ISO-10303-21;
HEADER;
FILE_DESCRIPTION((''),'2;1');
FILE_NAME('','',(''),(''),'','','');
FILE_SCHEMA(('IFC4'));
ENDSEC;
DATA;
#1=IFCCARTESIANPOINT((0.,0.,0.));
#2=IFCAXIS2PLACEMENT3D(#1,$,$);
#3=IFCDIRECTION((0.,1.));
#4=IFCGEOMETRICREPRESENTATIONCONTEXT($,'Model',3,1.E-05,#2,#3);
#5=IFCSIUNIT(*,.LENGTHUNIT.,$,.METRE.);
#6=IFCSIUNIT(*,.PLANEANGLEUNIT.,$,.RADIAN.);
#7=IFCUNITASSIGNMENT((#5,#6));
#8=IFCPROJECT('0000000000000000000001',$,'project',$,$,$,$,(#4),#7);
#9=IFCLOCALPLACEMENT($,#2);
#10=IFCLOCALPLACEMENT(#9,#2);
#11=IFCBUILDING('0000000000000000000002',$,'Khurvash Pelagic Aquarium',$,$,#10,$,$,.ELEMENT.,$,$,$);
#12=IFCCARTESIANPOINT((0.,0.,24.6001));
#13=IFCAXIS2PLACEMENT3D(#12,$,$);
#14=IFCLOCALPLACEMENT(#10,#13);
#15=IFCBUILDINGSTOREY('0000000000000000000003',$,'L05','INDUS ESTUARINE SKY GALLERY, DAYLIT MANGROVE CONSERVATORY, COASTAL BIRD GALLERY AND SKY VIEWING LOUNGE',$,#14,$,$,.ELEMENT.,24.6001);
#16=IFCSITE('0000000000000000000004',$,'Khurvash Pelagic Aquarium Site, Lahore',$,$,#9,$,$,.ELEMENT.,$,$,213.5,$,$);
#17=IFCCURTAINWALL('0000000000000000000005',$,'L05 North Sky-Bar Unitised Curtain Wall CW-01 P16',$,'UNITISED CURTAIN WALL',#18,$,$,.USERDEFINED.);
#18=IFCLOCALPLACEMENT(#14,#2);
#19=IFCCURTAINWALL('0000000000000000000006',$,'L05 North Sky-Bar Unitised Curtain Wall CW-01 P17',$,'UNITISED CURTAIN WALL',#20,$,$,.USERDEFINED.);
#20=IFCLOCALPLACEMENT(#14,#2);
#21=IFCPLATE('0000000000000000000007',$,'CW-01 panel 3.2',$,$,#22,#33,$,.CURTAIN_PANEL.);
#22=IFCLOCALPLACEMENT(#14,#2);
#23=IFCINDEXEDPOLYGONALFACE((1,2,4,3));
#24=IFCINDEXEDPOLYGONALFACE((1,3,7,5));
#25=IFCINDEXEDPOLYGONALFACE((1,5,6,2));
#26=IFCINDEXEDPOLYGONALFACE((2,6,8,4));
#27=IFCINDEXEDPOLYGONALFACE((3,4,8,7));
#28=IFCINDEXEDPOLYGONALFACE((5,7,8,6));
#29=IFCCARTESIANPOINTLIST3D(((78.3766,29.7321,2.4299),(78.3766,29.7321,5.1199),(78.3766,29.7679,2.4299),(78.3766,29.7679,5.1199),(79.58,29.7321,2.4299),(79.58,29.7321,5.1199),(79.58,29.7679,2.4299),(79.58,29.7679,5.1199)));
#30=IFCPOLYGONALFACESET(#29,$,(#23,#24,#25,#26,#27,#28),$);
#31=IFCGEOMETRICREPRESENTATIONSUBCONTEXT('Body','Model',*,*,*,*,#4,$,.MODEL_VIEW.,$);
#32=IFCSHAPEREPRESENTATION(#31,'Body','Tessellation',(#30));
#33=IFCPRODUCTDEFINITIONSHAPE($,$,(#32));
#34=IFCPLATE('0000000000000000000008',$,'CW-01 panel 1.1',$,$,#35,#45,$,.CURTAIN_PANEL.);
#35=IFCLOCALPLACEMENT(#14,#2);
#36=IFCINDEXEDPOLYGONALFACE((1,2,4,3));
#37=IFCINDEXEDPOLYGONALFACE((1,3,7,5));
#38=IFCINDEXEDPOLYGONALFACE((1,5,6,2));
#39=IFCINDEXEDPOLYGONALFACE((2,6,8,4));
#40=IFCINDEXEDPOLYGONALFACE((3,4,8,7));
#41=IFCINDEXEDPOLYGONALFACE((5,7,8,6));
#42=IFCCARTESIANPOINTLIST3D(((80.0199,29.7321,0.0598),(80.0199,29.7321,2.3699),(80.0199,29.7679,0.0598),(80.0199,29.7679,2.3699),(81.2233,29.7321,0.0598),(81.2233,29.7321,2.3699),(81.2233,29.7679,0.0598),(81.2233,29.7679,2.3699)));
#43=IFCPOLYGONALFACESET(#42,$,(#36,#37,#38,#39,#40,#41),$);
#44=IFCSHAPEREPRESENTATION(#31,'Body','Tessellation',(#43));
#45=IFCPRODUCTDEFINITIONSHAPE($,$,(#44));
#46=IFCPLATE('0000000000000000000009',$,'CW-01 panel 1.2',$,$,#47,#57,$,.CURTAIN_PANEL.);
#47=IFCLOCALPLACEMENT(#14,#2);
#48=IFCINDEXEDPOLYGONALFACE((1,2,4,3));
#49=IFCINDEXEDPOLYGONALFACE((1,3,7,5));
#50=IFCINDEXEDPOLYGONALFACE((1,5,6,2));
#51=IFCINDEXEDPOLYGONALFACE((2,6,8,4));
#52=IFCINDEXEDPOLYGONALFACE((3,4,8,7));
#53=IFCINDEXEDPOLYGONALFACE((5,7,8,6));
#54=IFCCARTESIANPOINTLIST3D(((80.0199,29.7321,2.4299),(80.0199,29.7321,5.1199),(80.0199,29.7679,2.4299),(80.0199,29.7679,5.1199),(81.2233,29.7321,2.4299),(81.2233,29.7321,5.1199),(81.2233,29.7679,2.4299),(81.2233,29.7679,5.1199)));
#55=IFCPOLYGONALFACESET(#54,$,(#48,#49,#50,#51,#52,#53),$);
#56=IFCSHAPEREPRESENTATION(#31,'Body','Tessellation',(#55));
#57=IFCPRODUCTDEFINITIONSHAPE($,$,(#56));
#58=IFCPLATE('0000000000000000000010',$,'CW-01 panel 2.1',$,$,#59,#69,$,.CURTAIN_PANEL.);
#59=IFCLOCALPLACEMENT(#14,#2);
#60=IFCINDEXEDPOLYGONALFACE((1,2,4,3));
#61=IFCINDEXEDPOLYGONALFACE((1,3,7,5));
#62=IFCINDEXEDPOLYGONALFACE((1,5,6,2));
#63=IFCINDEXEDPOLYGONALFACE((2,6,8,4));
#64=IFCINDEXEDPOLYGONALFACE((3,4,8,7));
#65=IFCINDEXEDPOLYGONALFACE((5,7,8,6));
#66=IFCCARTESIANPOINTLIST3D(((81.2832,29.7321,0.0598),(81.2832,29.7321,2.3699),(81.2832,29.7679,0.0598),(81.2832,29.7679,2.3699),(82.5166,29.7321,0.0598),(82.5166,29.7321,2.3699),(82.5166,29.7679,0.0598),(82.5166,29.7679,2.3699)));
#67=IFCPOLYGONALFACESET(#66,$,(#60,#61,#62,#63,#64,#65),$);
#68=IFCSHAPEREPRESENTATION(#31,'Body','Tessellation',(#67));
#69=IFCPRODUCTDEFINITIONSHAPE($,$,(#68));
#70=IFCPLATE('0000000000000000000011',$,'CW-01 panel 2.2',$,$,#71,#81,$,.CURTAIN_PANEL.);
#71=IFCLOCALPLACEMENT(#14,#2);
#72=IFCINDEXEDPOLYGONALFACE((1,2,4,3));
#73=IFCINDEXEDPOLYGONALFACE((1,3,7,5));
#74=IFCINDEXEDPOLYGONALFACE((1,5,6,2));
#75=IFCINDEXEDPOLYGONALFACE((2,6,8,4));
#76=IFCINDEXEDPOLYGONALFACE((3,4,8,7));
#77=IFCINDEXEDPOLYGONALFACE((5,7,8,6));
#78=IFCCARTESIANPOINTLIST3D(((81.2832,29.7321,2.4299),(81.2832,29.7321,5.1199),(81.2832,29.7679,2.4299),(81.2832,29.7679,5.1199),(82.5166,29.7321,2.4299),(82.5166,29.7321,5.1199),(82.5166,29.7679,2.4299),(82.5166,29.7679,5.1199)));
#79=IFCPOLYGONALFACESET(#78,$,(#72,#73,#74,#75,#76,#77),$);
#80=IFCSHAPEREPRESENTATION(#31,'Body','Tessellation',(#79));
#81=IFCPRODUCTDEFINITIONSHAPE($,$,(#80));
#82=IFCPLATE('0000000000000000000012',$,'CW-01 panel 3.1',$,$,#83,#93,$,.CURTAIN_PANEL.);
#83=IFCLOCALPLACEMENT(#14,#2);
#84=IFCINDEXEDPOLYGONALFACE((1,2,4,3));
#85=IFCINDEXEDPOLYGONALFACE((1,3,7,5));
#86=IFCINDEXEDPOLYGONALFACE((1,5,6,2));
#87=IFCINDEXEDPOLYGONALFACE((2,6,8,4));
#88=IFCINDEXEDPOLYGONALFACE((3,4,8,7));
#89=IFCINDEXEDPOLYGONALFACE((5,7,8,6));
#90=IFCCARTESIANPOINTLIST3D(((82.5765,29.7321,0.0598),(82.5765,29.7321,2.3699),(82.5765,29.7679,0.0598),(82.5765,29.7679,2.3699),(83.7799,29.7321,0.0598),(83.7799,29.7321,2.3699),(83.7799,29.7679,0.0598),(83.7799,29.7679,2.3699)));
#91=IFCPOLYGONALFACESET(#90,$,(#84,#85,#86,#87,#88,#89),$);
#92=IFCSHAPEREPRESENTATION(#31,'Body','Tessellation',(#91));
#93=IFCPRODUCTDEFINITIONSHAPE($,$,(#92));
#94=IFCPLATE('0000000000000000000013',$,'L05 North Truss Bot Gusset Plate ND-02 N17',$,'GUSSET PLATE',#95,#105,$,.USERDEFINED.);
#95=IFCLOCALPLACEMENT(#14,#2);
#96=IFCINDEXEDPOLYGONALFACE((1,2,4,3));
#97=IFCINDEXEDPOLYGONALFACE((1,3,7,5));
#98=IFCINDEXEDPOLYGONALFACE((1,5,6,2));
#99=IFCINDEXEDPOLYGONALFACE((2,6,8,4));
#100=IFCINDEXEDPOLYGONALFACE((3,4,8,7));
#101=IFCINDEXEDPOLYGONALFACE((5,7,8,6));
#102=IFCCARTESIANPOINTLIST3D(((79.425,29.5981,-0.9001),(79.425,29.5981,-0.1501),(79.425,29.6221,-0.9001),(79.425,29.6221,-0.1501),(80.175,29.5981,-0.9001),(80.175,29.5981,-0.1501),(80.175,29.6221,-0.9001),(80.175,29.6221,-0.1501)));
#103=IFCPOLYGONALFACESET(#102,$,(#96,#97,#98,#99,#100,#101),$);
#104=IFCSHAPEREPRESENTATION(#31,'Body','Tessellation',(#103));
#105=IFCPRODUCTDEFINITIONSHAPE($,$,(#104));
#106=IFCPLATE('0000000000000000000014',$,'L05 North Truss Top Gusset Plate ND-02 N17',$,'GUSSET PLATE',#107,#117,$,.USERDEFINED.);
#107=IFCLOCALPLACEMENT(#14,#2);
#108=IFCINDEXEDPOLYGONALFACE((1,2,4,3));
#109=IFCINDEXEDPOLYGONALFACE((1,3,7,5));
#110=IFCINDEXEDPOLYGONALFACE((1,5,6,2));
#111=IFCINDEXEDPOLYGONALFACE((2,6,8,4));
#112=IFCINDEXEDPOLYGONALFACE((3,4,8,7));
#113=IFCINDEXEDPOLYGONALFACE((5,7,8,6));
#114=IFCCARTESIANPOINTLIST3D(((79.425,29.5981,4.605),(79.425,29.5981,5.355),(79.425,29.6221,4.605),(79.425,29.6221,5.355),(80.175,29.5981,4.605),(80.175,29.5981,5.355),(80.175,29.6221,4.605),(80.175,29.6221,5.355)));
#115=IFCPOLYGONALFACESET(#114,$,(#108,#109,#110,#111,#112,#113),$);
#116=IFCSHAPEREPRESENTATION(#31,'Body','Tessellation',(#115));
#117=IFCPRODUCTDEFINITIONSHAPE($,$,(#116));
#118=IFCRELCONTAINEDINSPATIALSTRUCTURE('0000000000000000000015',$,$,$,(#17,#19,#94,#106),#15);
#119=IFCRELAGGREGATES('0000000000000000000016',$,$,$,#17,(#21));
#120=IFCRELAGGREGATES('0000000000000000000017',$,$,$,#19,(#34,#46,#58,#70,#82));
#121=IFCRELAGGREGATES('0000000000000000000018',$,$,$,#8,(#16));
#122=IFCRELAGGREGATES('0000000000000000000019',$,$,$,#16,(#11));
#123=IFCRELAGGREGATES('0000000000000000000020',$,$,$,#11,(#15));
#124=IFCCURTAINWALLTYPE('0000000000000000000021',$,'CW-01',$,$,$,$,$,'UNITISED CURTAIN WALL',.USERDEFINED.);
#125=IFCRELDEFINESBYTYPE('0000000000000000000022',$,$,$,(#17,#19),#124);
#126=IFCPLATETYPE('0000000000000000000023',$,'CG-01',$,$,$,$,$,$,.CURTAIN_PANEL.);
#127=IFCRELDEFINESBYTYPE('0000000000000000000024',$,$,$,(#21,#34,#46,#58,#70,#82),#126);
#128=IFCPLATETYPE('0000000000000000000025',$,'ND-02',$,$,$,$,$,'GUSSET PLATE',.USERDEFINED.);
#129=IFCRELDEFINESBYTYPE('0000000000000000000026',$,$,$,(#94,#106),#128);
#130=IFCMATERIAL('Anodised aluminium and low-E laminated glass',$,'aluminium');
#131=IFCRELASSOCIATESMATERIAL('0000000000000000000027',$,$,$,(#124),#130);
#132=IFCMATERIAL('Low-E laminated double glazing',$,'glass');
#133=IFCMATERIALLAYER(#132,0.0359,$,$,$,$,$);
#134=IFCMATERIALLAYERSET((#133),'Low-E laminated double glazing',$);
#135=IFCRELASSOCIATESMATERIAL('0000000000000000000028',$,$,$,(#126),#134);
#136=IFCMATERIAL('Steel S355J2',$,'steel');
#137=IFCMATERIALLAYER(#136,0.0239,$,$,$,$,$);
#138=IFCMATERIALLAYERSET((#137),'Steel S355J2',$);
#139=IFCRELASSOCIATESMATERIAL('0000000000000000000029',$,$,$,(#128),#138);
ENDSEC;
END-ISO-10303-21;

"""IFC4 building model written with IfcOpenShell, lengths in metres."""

from ifc_helpers import new_model, si_unit, direction, frame, origin, origin_2d, place, context, subcontext, project, spatial, rectangle, extrude, material, layer, layer_set, type_object, element, aggregate, save


model = new_model("IFC4")

# Units and contexts
model_context = context("Model", 3, precision=1e-05, world=origin(), true_north=direction((0.0, 1.0)))
body_context = subcontext(model_context, "Body", "Model", "MODEL_VIEW")
ifc_project = project(units=[si_unit("LENGTHUNIT", "METRE"), si_unit("PLANEANGLEUNIT", "RADIAN")], contexts=[model_context])

# Site, building, storey
site_placement = place(None, origin())
site = spatial("IfcSite", under=ifc_project, at=site_placement, Name="Khurvash Pelagic Aquarium Site, Lahore", CompositionType="ELEMENT", RefElevation=213.5)
building_placement = place(site_placement, origin())
building = spatial("IfcBuilding", under=site, at=building_placement, Name="Khurvash Pelagic Aquarium", CompositionType="ELEMENT")
storey_placement = place(building_placement, frame((0.0, 0.0, 24.6001)))
storey = spatial("IfcBuildingStorey", under=building, at=storey_placement, Name="L05", Description="INDUS ESTUARINE SKY GALLERY, DAYLIT MANGROVE CONSERVATORY, COASTAL BIRD GALLERY AND SKY VIEWING LOUNGE", CompositionType="ELEMENT", Elevation=24.6001)

# Curtain wall
ifc_material_1 = material(Name="Anodised aluminium and low-E laminated glass", Category="aluminium")
curtain_wall_type = type_object("IfcCurtainWallType", Name="CW-01", ElementType="UNITISED CURTAIN WALL", PredefinedType="USERDEFINED", material=ifc_material_1)
curtain_wall_1_placement = place(storey_placement, origin())
curtain_wall_1 = element("IfcCurtainWall", 1, at=curtain_wall_1_placement, inside=storey, type_object=curtain_wall_type, Name="L05 North Sky-Bar Unitised Curtain Wall CW-01 P16", ObjectType="UNITISED CURTAIN WALL", PredefinedType="USERDEFINED")

# Curtain wall
curtain_wall_2_placement = place(storey_placement, origin())
curtain_wall_2 = element("IfcCurtainWall", 2, at=curtain_wall_2_placement, inside=storey, type_object=curtain_wall_type, Name="L05 North Sky-Bar Unitised Curtain Wall CW-01 P17", ObjectType="UNITISED CURTAIN WALL", PredefinedType="USERDEFINED")

# Shared definitions
ifc_material_2 = material(Name="Steel S355J2", Category="steel")

# Plates
ifc_material_3 = material(Name="Low-E laminated double glazing", Category="glass")
ifc_layer_1 = layer(ifc_material_3, 0.0359)
ifc_layer_set_1 = layer_set([ifc_layer_1], Name="Low-E laminated double glazing")
plate_type_1 = type_object("IfcPlateType", Name="CG-01", PredefinedType="CURTAIN_PANEL", material=ifc_layer_set_1)
plate_1_placement = place(storey_placement, frame((78.9783, 29.75, 2.4299), z_axis=(0.0, 0.0, 1.0), x_axis=(1.0, 0.0, 0.0)))
plate_1 = element("IfcPlate", 3, at=plate_1_placement, type_object=plate_type_1, Name="CW-01 panel 3.2", PredefinedType="CURTAIN_PANEL", context=body_context, shape_type="SweptSolid", body=[
    extrude(rectangle(XDim=1.2034, YDim=0.0359, at=origin_2d()), origin(), (0.0, 0.0, 1.0), 2.6899),
])
aggregate(curtain_wall_1, [plate_1])
plate_2_placement = place(storey_placement, frame((80.6216, 29.75, 0.0598), z_axis=(0.0, 0.0, 1.0), x_axis=(1.0, 0.0, 0.0)))
plate_2 = element("IfcPlate", 4, at=plate_2_placement, type_object=plate_type_1, Name="CW-01 panel 1.1", PredefinedType="CURTAIN_PANEL", context=body_context, shape_type="SweptSolid", body=[
    extrude(rectangle(XDim=1.2034, YDim=0.0359, at=origin_2d()), origin(), (0.0, 0.0, 1.0), 2.3101),
])
plate_3_placement = place(storey_placement, frame((80.6216, 29.75, 2.4299), z_axis=(0.0, 0.0, 1.0), x_axis=(1.0, 0.0, 0.0)))
plate_3 = element("IfcPlate", 5, at=plate_3_placement, type_object=plate_type_1, Name="CW-01 panel 1.2", PredefinedType="CURTAIN_PANEL", context=body_context, shape_type="SweptSolid", body=[
    extrude(rectangle(XDim=1.2034, YDim=0.0359, at=origin_2d()), origin(), (0.0, 0.0, 1.0), 2.6899),
])
plate_4_placement = place(storey_placement, frame((81.8999, 29.75, 0.0598), z_axis=(0.0, 0.0, 1.0), x_axis=(1.0, 0.0, 0.0)))
plate_4 = element("IfcPlate", 6, at=plate_4_placement, type_object=plate_type_1, Name="CW-01 panel 2.1", PredefinedType="CURTAIN_PANEL", context=body_context, shape_type="SweptSolid", body=[
    extrude(rectangle(XDim=1.2334, YDim=0.0359, at=origin_2d()), origin(), (0.0, 0.0, 1.0), 2.3101),
])
plate_5_placement = place(storey_placement, frame((81.8999, 29.75, 2.4299), z_axis=(0.0, 0.0, 1.0), x_axis=(1.0, 0.0, 0.0)))
plate_5 = element("IfcPlate", 7, at=plate_5_placement, type_object=plate_type_1, Name="CW-01 panel 2.2", PredefinedType="CURTAIN_PANEL", context=body_context, shape_type="SweptSolid", body=[
    extrude(rectangle(XDim=1.2334, YDim=0.0359, at=origin_2d()), origin(), (0.0, 0.0, 1.0), 2.6899),
])
plate_6_placement = place(storey_placement, frame((83.1782, 29.75, 0.0598), z_axis=(0.0, 0.0, 1.0), x_axis=(1.0, 0.0, 0.0)))
plate_6 = element("IfcPlate", 8, at=plate_6_placement, type_object=plate_type_1, Name="CW-01 panel 3.1", PredefinedType="CURTAIN_PANEL", context=body_context, shape_type="SweptSolid", body=[
    extrude(rectangle(XDim=1.2034, YDim=0.0359, at=origin_2d()), origin(), (0.0, 0.0, 1.0), 2.3101),
])
aggregate(curtain_wall_2, [plate_2, plate_3, plate_4, plate_5, plate_6])

# Plates
ifc_layer_2 = layer(ifc_material_2, 0.0239)
ifc_layer_set_2 = layer_set([ifc_layer_2], Name="Steel S355J2")
plate_type_2 = type_object("IfcPlateType", Name="ND-02", ElementType="GUSSET PLATE", PredefinedType="USERDEFINED", material=ifc_layer_set_2)
for number, where, z_axis, x_axis, name in (
    (9, (79.8, 29.6101, -0.9001), (0.0, 0.0, 1.0), (1.0, 0.0, 0.0), "L05 North Truss Bot Gusset Plate ND-02 N17"),
    (10, (79.8, 29.6101, 4.605), (0.0, 0.0, 1.0), (1.0, 0.0, 0.0), "L05 North Truss Top Gusset Plate ND-02 N17"),
):
    element("IfcPlate", number, at=place(storey_placement, frame(where, z_axis=z_axis, x_axis=x_axis)), inside=storey, type_object=plate_type_2, Name=name, ObjectType="GUSSET PLATE", PredefinedType="USERDEFINED", context=body_context, shape_type="SweptSolid", body=[
        extrude(rectangle(XDim=0.75, YDim=0.0239, at=origin_2d()), origin(), (0.0, 0.0, 1.0), 0.75),
    ])

save(model, "model.ifc")
